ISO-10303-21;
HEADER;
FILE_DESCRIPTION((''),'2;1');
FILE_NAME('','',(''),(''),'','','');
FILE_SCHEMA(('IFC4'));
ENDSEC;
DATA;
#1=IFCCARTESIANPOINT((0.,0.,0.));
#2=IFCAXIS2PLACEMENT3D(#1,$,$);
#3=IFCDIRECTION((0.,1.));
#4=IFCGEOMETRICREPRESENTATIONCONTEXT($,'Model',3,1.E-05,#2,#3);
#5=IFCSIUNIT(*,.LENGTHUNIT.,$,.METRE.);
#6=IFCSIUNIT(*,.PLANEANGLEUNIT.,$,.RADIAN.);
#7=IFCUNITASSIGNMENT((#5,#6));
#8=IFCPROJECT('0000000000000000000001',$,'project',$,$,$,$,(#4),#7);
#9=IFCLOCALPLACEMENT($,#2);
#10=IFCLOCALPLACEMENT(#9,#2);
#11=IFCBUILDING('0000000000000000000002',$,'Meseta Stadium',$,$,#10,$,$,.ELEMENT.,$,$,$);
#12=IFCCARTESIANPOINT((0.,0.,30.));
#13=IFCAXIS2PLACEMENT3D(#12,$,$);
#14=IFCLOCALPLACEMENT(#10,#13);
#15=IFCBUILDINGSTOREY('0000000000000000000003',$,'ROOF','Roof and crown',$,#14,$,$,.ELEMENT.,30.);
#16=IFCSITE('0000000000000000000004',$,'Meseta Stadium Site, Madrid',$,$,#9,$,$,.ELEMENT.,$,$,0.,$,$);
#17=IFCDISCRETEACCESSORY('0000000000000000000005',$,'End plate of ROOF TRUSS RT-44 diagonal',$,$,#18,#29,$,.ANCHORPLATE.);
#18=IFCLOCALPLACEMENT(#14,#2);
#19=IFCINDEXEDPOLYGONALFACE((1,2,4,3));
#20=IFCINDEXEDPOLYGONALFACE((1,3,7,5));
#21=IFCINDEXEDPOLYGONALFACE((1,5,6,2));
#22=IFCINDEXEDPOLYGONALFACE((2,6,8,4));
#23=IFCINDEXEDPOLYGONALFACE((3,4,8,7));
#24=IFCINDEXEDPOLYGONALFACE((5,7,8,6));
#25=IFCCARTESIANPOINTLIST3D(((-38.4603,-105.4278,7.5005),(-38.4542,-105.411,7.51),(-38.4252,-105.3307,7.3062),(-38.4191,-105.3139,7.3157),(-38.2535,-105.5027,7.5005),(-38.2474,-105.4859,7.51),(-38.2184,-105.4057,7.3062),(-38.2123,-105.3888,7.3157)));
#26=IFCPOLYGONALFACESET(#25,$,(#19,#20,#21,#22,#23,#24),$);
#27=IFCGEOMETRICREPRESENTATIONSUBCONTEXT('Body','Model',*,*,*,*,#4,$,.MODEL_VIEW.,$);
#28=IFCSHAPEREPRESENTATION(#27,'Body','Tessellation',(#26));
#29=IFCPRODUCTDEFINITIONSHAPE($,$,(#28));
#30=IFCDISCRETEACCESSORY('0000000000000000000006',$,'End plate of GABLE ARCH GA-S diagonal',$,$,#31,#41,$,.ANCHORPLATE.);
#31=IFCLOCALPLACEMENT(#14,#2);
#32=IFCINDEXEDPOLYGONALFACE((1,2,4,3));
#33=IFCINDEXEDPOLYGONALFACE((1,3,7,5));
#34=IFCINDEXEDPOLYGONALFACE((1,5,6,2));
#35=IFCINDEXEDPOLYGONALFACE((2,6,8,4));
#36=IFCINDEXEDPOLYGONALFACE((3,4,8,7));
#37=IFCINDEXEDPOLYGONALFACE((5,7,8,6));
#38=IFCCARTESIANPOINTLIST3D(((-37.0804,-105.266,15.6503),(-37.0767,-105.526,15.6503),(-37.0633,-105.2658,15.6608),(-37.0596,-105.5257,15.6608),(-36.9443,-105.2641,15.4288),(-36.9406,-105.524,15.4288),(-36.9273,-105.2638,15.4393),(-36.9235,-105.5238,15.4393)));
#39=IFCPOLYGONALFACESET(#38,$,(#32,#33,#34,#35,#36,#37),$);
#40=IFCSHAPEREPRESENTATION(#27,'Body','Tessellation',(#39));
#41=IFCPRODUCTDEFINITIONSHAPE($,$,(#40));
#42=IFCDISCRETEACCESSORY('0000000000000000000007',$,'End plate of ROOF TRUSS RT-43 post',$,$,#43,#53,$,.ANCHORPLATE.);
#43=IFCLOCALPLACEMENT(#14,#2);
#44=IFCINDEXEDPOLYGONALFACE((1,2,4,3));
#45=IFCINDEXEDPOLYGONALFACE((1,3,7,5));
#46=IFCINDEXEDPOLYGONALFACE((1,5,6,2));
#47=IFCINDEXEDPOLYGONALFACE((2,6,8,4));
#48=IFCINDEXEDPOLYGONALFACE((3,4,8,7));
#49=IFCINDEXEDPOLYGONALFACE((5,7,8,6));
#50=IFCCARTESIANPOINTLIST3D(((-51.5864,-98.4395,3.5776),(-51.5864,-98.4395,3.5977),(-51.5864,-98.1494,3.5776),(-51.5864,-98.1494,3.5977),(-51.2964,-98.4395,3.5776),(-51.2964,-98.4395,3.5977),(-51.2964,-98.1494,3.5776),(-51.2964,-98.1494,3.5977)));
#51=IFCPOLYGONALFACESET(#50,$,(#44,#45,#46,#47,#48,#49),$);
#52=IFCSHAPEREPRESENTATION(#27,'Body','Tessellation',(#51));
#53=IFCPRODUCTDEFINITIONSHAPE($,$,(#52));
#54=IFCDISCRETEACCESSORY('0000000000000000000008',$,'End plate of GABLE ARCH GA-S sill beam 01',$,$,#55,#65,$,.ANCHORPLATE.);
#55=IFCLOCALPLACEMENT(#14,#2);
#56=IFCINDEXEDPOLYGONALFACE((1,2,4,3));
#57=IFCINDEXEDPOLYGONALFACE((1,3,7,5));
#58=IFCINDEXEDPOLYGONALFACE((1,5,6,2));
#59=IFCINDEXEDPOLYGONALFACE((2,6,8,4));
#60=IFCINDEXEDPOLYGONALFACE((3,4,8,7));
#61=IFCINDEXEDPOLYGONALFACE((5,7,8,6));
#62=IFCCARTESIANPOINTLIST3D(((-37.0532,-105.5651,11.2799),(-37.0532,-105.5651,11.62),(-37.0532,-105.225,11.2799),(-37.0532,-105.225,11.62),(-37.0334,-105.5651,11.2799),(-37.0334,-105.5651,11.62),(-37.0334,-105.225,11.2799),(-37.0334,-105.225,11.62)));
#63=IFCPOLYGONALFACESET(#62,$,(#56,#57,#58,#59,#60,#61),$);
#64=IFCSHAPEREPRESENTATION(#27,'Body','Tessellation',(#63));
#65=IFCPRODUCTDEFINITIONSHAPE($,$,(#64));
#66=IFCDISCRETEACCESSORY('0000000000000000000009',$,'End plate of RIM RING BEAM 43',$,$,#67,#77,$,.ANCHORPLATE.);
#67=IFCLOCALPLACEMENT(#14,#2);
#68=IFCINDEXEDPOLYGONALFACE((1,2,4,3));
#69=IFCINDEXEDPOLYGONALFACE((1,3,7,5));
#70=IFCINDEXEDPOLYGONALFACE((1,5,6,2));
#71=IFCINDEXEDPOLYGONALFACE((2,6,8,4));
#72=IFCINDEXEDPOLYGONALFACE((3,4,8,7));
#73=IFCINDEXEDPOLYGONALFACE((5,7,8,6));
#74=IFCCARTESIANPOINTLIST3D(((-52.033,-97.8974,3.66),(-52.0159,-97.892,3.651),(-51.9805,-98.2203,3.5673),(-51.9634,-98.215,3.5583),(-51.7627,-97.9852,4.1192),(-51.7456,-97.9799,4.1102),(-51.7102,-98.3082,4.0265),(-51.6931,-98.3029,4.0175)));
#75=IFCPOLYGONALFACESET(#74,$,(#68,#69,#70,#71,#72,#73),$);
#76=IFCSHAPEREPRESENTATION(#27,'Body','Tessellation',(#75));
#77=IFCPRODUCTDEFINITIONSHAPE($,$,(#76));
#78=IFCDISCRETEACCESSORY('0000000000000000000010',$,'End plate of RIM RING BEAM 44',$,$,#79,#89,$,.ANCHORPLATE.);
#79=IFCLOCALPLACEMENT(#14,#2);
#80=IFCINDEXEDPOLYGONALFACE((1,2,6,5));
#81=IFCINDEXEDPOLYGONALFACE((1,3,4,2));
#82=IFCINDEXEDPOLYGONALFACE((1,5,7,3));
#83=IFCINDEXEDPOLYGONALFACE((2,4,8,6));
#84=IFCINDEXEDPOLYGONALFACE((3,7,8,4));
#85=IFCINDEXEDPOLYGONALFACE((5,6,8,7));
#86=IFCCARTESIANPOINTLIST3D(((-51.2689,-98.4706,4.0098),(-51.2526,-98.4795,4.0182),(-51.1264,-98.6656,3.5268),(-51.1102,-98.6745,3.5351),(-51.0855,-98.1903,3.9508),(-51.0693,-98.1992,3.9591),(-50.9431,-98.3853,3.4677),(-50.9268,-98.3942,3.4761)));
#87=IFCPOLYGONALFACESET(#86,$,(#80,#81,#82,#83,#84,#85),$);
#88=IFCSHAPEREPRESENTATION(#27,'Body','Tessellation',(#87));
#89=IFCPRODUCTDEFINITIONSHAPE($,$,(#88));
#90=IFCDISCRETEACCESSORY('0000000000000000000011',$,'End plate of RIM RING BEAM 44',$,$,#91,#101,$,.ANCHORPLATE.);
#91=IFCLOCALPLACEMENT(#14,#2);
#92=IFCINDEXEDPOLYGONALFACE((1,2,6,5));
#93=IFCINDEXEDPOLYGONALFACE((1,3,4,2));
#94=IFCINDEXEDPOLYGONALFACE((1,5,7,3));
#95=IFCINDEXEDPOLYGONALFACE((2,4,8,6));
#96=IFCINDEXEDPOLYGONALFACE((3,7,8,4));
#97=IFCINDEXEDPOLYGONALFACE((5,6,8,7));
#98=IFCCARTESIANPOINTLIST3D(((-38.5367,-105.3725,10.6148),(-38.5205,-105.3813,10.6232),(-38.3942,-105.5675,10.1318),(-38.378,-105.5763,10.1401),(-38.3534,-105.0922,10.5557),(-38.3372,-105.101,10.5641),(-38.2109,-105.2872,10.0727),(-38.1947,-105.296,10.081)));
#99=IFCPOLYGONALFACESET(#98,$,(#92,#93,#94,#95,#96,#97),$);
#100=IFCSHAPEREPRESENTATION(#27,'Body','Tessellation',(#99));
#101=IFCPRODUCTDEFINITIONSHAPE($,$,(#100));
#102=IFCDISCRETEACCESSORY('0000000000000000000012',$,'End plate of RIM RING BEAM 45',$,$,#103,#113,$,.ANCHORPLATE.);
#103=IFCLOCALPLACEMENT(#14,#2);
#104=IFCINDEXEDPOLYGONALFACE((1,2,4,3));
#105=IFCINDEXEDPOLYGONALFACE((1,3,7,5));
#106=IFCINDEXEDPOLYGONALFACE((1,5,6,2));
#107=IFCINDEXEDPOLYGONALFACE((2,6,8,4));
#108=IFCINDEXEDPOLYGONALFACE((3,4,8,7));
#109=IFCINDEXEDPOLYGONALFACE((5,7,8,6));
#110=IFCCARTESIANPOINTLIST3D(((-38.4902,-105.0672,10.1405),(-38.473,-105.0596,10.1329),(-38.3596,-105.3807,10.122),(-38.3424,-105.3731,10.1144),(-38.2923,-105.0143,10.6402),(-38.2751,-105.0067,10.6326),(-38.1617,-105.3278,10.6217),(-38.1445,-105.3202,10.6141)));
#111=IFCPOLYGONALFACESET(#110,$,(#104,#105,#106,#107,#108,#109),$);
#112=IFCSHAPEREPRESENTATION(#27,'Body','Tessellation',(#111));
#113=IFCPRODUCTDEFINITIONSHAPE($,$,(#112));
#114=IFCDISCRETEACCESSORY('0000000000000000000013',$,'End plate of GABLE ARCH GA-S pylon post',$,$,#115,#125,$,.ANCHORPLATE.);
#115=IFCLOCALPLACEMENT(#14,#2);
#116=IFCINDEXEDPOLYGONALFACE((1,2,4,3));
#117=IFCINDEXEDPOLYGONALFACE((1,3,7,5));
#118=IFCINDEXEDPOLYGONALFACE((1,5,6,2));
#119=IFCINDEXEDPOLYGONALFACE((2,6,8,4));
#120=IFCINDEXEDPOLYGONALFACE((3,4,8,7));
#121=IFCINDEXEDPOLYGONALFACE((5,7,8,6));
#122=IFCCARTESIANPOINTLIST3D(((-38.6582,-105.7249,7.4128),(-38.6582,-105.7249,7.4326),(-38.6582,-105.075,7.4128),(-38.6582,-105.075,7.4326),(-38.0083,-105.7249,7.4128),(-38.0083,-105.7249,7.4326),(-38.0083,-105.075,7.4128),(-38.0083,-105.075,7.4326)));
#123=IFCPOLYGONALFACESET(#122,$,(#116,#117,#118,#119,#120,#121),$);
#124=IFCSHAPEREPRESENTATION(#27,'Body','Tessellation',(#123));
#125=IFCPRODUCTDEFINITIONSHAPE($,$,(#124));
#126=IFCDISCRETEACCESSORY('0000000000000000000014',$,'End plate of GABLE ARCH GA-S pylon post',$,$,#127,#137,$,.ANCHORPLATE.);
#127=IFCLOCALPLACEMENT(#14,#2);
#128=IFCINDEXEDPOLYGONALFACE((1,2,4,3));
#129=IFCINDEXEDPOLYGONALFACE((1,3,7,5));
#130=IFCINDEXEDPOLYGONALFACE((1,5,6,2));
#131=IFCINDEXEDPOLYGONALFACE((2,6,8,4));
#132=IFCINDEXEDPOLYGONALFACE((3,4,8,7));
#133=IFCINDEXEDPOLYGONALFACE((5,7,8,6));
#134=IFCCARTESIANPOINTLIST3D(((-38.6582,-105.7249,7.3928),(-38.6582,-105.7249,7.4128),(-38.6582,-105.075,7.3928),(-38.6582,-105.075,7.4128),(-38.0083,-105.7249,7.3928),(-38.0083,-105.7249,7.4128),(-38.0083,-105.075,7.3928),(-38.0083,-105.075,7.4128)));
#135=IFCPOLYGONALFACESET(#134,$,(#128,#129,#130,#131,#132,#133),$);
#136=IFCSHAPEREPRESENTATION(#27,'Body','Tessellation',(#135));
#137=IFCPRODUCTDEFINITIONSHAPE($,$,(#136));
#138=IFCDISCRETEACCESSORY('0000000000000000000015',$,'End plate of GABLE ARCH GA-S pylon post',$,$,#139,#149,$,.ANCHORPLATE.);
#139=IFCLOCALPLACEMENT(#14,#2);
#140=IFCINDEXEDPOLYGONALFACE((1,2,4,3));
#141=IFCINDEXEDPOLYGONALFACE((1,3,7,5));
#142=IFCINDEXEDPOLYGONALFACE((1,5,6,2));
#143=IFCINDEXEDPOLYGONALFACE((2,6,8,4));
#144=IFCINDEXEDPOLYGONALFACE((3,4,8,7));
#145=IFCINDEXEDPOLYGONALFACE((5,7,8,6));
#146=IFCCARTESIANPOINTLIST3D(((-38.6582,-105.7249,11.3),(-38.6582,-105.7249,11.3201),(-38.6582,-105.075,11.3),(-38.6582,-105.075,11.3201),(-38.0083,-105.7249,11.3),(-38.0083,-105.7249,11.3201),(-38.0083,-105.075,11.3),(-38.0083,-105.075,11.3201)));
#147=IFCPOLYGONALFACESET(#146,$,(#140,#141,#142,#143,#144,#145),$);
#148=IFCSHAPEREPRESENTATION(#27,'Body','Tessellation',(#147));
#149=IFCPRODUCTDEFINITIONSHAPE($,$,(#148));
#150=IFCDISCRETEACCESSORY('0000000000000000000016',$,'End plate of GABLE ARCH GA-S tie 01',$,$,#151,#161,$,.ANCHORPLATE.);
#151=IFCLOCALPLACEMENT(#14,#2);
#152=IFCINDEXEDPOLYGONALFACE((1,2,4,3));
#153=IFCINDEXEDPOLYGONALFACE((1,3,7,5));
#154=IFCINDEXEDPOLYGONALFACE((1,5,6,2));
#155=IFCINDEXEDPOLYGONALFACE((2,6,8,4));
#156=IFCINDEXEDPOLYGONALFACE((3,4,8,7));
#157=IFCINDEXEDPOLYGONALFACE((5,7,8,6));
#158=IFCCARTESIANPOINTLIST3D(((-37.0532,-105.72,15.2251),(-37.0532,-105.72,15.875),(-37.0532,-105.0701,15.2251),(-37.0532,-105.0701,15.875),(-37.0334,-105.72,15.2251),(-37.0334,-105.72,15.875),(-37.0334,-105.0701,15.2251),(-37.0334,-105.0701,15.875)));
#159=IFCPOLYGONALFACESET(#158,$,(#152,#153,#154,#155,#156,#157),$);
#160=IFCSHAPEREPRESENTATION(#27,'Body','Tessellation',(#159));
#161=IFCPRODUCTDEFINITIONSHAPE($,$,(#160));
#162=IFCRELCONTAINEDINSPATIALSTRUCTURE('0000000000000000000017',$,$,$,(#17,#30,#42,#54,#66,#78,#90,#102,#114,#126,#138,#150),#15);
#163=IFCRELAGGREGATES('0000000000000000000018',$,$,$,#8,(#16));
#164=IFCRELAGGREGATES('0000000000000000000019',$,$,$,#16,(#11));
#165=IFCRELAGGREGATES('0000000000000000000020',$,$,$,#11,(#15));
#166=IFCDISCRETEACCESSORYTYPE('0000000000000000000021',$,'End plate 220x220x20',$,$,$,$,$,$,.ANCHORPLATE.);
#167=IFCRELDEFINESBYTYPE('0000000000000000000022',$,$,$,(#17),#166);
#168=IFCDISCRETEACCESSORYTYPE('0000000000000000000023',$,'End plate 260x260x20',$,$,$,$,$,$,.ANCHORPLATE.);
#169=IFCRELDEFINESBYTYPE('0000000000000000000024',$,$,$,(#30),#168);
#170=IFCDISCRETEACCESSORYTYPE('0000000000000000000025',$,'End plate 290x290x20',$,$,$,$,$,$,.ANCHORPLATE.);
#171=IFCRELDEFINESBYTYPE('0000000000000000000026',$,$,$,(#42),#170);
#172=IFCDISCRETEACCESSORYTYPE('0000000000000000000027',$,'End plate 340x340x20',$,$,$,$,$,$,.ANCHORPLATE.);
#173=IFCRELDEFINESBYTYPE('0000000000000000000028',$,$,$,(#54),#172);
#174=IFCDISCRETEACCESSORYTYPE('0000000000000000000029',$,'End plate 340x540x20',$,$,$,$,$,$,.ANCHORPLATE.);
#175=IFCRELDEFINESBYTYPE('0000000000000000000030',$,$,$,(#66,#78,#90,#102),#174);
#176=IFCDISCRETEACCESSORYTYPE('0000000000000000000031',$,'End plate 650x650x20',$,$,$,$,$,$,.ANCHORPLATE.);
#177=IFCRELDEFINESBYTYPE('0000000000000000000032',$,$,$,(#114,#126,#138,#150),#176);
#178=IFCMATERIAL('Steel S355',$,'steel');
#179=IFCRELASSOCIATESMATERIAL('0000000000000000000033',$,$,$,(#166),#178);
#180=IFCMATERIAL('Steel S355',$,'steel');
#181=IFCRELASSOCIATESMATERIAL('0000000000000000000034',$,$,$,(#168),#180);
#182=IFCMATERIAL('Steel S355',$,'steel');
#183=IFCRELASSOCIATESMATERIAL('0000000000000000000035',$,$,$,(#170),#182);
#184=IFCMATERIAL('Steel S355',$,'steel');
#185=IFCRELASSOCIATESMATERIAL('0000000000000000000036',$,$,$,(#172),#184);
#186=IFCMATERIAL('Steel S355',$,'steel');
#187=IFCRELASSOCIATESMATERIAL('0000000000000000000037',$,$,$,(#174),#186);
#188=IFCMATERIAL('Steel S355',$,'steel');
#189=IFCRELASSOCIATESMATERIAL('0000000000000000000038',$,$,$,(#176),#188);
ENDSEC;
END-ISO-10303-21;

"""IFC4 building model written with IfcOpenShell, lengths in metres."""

from ifc_helpers import new_model, si_unit, direction, frame, origin, origin_2d, place, context, subcontext, project, spatial, rectangle, extrude, material, material_profile, profile_set, type_object, element, save


model = new_model("IFC4")

# Units and contexts
model_context = context("Model", 3, precision=1e-05, world=origin(), true_north=direction((0.0, 1.0)))
body_context = subcontext(model_context, "Body", "Model", "MODEL_VIEW")
ifc_project = project(units=[si_unit("LENGTHUNIT", "METRE"), si_unit("PLANEANGLEUNIT", "RADIAN")], contexts=[model_context])

# Site, building, storey
site_placement = place(None, origin())
site = spatial("IfcSite", under=ifc_project, at=site_placement, Name="Meseta Stadium Site, Madrid", CompositionType="ELEMENT", RefElevation=0.0)
building_placement = place(site_placement, origin())
building = spatial("IfcBuilding", under=site, at=building_placement, Name="Meseta Stadium", CompositionType="ELEMENT")
storey_placement = place(building_placement, frame((0.0, 0.0, 30.0)))
storey = spatial("IfcBuildingStorey", under=building, at=storey_placement, Name="ROOF", Description="Roof and crown", CompositionType="ELEMENT", Elevation=30.0)

# Discrete accessories
ifc_material_1 = material(Name="Steel S355", Category="steel")
ifc_material_profile_1 = material_profile(ifc_material_1, rectangle(XDim=0.22, YDim=0.22, at=origin_2d()), Name="PL 220x220")
ifc_profile_set_1 = profile_set([ifc_material_profile_1], Name="Steel S355")
discrete_accessory_type_1 = type_object("IfcDiscreteAccessoryType", Name="End plate 220x220x20", PredefinedType="ANCHORPLATE", material=ifc_profile_set_1)
discrete_accessory_1_placement = place(storey_placement, frame((-38.3333, -105.3999, 7.4128), z_axis=(-0.300812, -0.830241, -0.469267), x_axis=(0.940191, -0.340649, 0.0)))
element("IfcDiscreteAccessory", 1, at=discrete_accessory_1_placement, inside=storey, type_object=discrete_accessory_type_1, Name="End plate of ROOF TRUSS RT-44 diagonal", PredefinedType="ANCHORPLATE", context=body_context, shape_type="SweptSolid", body=[
    extrude(rectangle(XDim=0.22, YDim=0.22, at=origin_2d()), origin(), (0.0, 0.0, 1.0), 0.0203),
])
ifc_material_2 = material(Name="Steel S355", Category="steel")
ifc_material_profile_2 = material_profile(ifc_material_2, rectangle(XDim=0.26, YDim=0.26, at=origin_2d()), Name="PL 260x260")
ifc_profile_set_2 = profile_set([ifc_material_profile_2], Name="Steel S355")
discrete_accessory_type_2 = type_object("IfcDiscreteAccessoryType", Name="End plate 260x260x20", PredefinedType="ANCHORPLATE", material=ifc_profile_set_2)
discrete_accessory_2_placement = place(storey_placement, frame((-37.0105, -105.395, 15.5396), z_axis=(0.852013, 0.012172, 0.523379), x_axis=(-0.014284, 0.999898, 0.0)))
element("IfcDiscreteAccessory", 2, at=discrete_accessory_2_placement, inside=storey, type_object=discrete_accessory_type_2, Name="End plate of GABLE ARCH GA-S diagonal", PredefinedType="ANCHORPLATE", context=body_context, shape_type="SweptSolid", body=[
    extrude(rectangle(XDim=0.26, YDim=0.26, at=origin_2d()), origin(), (0.0, 0.0, 1.0), 0.02),
])
ifc_material_3 = material(Name="Steel S355", Category="steel")
ifc_material_profile_3 = material_profile(ifc_material_3, rectangle(XDim=0.29, YDim=0.29, at=origin_2d()), Name="PL 290x290")
ifc_profile_set_3 = profile_set([ifc_material_profile_3], Name="Steel S355")
discrete_accessory_type_3 = type_object("IfcDiscreteAccessoryType", Name="End plate 290x290x20", PredefinedType="ANCHORPLATE", material=ifc_profile_set_3)
discrete_accessory_3_placement = place(storey_placement, frame((-51.4414, -98.2944, 3.5776), z_axis=(0.0, 0.0, 1.0), x_axis=(1.0, 0.0, 0.0)))
element("IfcDiscreteAccessory", 3, at=discrete_accessory_3_placement, inside=storey, type_object=discrete_accessory_type_3, Name="End plate of ROOF TRUSS RT-43 post", PredefinedType="ANCHORPLATE", context=body_context, shape_type="SweptSolid", body=[
    extrude(rectangle(XDim=0.29, YDim=0.29, at=origin_2d()), origin(), (0.0, 0.0, 1.0), 0.02),
])
ifc_material_4 = material(Name="Steel S355", Category="steel")
ifc_material_profile_4 = material_profile(ifc_material_4, rectangle(XDim=0.3401, YDim=0.3401, at=origin_2d()), Name="PL 340x340")
ifc_profile_set_4 = profile_set([ifc_material_profile_4], Name="Steel S355")
discrete_accessory_type_4 = type_object("IfcDiscreteAccessoryType", Name="End plate 340x340x20", PredefinedType="ANCHORPLATE", material=ifc_profile_set_4)
discrete_accessory_4_placement = place(storey_placement, frame((-37.0532, -105.395, 11.45), z_axis=(1.0, 0.0, 0.0), x_axis=(0.0, 1.0, 0.0)))
element("IfcDiscreteAccessory", 4, at=discrete_accessory_4_placement, inside=storey, type_object=discrete_accessory_type_4, Name="End plate of GABLE ARCH GA-S sill beam 01", PredefinedType="ANCHORPLATE", context=body_context, shape_type="SweptSolid", body=[
    extrude(rectangle(XDim=0.3401, YDim=0.3401, at=origin_2d()), origin(), (0.0, 0.0, 1.0), 0.0198),
])
ifc_material_5 = material(Name="Steel S355", Category="steel")
ifc_material_profile_5 = material_profile(ifc_material_5, rectangle(XDim=0.3401, YDim=0.54, at=origin_2d()), Name="PL 340x540")
ifc_profile_set_5 = profile_set([ifc_material_profile_5], Name="Steel S355")
discrete_accessory_type_5 = type_object("IfcDiscreteAccessoryType", Name="End plate 340x540x20", PredefinedType="ANCHORPLATE", material=ifc_profile_set_5)
discrete_accessory_5_placement = place(storey_placement, frame((-51.8716, -98.1028, 3.8433), z_axis=(0.851824, 0.267716, -0.45025), x_axis=(-0.154351, 0.949653, 0.272644)))
element("IfcDiscreteAccessory", 5, at=discrete_accessory_5_placement, inside=storey, type_object=discrete_accessory_type_5, Name="End plate of RIM RING BEAM 43", PredefinedType="ANCHORPLATE", context=body_context, shape_type="SweptSolid", body=[
    extrude(rectangle(XDim=0.3401, YDim=0.54, at=origin_2d()), origin(), (0.0, 0.0, 1.0), 0.02),
])
for number, where, z_axis, x_axis, name in (
    (6, (-51.106, -98.428, 3.7388), (0.799897, -0.436308, 0.412068), (0.53903, 0.824184, -0.173686), "End plate of RIM RING BEAM 44"),
    (7, (-38.3738, -105.3298, 10.3438), (0.799897, -0.436308, 0.412068), (0.53903, 0.824184, -0.173686), "End plate of RIM RING BEAM 44"),
    (8, (-38.3259, -105.1975, 10.3811), (0.847505, 0.375324, -0.375324), (-0.384046, 0.921704, 0.054502), "End plate of RIM RING BEAM 45"),
):
    element("IfcDiscreteAccessory", number, at=place(storey_placement, frame(where, z_axis=z_axis, x_axis=x_axis)), inside=storey, type_object=discrete_accessory_type_5, Name=name, PredefinedType="ANCHORPLATE", context=body_context, shape_type="SweptSolid", body=[
        extrude(rectangle(XDim=0.3401, YDim=0.54, at=origin_2d()), origin(), (0.0, 0.0, 1.0), 0.0203),
    ])
ifc_material_6 = material(Name="Steel S355", Category="steel")
ifc_material_profile_6 = material_profile(ifc_material_6, rectangle(XDim=0.6499, YDim=0.6499, at=origin_2d()), Name="PL 650x650")
ifc_profile_set_6 = profile_set([ifc_material_profile_6], Name="Steel S355")
discrete_accessory_type_6 = type_object("IfcDiscreteAccessoryType", Name="End plate 650x650x20", PredefinedType="ANCHORPLATE", material=ifc_profile_set_6)
discrete_accessory_6_placement = place(storey_placement, frame((-38.3333, -105.3999, 7.4128), z_axis=(0.0, 0.0, 1.0), x_axis=(1.0, 0.0, 0.0)))
element("IfcDiscreteAccessory", 9, at=discrete_accessory_6_placement, inside=storey, type_object=discrete_accessory_type_6, Name="End plate of GABLE ARCH GA-S pylon post", PredefinedType="ANCHORPLATE", context=body_context, shape_type="SweptSolid", body=[
    extrude(rectangle(XDim=0.6499, YDim=0.6499, at=origin_2d()), origin(), (0.0, 0.0, 1.0), 0.0198),
])
for number, where, z_axis, x_axis, name in (
    (10, (-38.3333, -105.3999, 7.3928), (0.0, 0.0, 1.0), (1.0, 0.0, 0.0), "End plate of GABLE ARCH GA-S pylon post"),
    (11, (-38.3333, -105.3999, 11.3), (0.0, 0.0, 1.0), (1.0, 0.0, 0.0), "End plate of GABLE ARCH GA-S pylon post"),
):
    element("IfcDiscreteAccessory", number, at=place(storey_placement, frame(where, z_axis=z_axis, x_axis=x_axis)), inside=storey, type_object=discrete_accessory_type_6, Name=name, PredefinedType="ANCHORPLATE", context=body_context, shape_type="SweptSolid", body=[
        extrude(rectangle(XDim=0.6499, YDim=0.6499, at=origin_2d()), origin(), (0.0, 0.0, 1.0), 0.02),
    ])
discrete_accessory_7_placement = place(storey_placement, frame((-37.0532, -105.395, 15.55), z_axis=(1.0, 0.0, 0.0), x_axis=(0.0, 1.0, 0.0)))
element("IfcDiscreteAccessory", 12, at=discrete_accessory_7_placement, inside=storey, type_object=discrete_accessory_type_6, Name="End plate of GABLE ARCH GA-S tie 01", PredefinedType="ANCHORPLATE", context=body_context, shape_type="SweptSolid", body=[
    extrude(rectangle(XDim=0.6499, YDim=0.6499, at=origin_2d()), origin(), (0.0, 0.0, 1.0), 0.0198),
])

save(model, "model.ifc")
